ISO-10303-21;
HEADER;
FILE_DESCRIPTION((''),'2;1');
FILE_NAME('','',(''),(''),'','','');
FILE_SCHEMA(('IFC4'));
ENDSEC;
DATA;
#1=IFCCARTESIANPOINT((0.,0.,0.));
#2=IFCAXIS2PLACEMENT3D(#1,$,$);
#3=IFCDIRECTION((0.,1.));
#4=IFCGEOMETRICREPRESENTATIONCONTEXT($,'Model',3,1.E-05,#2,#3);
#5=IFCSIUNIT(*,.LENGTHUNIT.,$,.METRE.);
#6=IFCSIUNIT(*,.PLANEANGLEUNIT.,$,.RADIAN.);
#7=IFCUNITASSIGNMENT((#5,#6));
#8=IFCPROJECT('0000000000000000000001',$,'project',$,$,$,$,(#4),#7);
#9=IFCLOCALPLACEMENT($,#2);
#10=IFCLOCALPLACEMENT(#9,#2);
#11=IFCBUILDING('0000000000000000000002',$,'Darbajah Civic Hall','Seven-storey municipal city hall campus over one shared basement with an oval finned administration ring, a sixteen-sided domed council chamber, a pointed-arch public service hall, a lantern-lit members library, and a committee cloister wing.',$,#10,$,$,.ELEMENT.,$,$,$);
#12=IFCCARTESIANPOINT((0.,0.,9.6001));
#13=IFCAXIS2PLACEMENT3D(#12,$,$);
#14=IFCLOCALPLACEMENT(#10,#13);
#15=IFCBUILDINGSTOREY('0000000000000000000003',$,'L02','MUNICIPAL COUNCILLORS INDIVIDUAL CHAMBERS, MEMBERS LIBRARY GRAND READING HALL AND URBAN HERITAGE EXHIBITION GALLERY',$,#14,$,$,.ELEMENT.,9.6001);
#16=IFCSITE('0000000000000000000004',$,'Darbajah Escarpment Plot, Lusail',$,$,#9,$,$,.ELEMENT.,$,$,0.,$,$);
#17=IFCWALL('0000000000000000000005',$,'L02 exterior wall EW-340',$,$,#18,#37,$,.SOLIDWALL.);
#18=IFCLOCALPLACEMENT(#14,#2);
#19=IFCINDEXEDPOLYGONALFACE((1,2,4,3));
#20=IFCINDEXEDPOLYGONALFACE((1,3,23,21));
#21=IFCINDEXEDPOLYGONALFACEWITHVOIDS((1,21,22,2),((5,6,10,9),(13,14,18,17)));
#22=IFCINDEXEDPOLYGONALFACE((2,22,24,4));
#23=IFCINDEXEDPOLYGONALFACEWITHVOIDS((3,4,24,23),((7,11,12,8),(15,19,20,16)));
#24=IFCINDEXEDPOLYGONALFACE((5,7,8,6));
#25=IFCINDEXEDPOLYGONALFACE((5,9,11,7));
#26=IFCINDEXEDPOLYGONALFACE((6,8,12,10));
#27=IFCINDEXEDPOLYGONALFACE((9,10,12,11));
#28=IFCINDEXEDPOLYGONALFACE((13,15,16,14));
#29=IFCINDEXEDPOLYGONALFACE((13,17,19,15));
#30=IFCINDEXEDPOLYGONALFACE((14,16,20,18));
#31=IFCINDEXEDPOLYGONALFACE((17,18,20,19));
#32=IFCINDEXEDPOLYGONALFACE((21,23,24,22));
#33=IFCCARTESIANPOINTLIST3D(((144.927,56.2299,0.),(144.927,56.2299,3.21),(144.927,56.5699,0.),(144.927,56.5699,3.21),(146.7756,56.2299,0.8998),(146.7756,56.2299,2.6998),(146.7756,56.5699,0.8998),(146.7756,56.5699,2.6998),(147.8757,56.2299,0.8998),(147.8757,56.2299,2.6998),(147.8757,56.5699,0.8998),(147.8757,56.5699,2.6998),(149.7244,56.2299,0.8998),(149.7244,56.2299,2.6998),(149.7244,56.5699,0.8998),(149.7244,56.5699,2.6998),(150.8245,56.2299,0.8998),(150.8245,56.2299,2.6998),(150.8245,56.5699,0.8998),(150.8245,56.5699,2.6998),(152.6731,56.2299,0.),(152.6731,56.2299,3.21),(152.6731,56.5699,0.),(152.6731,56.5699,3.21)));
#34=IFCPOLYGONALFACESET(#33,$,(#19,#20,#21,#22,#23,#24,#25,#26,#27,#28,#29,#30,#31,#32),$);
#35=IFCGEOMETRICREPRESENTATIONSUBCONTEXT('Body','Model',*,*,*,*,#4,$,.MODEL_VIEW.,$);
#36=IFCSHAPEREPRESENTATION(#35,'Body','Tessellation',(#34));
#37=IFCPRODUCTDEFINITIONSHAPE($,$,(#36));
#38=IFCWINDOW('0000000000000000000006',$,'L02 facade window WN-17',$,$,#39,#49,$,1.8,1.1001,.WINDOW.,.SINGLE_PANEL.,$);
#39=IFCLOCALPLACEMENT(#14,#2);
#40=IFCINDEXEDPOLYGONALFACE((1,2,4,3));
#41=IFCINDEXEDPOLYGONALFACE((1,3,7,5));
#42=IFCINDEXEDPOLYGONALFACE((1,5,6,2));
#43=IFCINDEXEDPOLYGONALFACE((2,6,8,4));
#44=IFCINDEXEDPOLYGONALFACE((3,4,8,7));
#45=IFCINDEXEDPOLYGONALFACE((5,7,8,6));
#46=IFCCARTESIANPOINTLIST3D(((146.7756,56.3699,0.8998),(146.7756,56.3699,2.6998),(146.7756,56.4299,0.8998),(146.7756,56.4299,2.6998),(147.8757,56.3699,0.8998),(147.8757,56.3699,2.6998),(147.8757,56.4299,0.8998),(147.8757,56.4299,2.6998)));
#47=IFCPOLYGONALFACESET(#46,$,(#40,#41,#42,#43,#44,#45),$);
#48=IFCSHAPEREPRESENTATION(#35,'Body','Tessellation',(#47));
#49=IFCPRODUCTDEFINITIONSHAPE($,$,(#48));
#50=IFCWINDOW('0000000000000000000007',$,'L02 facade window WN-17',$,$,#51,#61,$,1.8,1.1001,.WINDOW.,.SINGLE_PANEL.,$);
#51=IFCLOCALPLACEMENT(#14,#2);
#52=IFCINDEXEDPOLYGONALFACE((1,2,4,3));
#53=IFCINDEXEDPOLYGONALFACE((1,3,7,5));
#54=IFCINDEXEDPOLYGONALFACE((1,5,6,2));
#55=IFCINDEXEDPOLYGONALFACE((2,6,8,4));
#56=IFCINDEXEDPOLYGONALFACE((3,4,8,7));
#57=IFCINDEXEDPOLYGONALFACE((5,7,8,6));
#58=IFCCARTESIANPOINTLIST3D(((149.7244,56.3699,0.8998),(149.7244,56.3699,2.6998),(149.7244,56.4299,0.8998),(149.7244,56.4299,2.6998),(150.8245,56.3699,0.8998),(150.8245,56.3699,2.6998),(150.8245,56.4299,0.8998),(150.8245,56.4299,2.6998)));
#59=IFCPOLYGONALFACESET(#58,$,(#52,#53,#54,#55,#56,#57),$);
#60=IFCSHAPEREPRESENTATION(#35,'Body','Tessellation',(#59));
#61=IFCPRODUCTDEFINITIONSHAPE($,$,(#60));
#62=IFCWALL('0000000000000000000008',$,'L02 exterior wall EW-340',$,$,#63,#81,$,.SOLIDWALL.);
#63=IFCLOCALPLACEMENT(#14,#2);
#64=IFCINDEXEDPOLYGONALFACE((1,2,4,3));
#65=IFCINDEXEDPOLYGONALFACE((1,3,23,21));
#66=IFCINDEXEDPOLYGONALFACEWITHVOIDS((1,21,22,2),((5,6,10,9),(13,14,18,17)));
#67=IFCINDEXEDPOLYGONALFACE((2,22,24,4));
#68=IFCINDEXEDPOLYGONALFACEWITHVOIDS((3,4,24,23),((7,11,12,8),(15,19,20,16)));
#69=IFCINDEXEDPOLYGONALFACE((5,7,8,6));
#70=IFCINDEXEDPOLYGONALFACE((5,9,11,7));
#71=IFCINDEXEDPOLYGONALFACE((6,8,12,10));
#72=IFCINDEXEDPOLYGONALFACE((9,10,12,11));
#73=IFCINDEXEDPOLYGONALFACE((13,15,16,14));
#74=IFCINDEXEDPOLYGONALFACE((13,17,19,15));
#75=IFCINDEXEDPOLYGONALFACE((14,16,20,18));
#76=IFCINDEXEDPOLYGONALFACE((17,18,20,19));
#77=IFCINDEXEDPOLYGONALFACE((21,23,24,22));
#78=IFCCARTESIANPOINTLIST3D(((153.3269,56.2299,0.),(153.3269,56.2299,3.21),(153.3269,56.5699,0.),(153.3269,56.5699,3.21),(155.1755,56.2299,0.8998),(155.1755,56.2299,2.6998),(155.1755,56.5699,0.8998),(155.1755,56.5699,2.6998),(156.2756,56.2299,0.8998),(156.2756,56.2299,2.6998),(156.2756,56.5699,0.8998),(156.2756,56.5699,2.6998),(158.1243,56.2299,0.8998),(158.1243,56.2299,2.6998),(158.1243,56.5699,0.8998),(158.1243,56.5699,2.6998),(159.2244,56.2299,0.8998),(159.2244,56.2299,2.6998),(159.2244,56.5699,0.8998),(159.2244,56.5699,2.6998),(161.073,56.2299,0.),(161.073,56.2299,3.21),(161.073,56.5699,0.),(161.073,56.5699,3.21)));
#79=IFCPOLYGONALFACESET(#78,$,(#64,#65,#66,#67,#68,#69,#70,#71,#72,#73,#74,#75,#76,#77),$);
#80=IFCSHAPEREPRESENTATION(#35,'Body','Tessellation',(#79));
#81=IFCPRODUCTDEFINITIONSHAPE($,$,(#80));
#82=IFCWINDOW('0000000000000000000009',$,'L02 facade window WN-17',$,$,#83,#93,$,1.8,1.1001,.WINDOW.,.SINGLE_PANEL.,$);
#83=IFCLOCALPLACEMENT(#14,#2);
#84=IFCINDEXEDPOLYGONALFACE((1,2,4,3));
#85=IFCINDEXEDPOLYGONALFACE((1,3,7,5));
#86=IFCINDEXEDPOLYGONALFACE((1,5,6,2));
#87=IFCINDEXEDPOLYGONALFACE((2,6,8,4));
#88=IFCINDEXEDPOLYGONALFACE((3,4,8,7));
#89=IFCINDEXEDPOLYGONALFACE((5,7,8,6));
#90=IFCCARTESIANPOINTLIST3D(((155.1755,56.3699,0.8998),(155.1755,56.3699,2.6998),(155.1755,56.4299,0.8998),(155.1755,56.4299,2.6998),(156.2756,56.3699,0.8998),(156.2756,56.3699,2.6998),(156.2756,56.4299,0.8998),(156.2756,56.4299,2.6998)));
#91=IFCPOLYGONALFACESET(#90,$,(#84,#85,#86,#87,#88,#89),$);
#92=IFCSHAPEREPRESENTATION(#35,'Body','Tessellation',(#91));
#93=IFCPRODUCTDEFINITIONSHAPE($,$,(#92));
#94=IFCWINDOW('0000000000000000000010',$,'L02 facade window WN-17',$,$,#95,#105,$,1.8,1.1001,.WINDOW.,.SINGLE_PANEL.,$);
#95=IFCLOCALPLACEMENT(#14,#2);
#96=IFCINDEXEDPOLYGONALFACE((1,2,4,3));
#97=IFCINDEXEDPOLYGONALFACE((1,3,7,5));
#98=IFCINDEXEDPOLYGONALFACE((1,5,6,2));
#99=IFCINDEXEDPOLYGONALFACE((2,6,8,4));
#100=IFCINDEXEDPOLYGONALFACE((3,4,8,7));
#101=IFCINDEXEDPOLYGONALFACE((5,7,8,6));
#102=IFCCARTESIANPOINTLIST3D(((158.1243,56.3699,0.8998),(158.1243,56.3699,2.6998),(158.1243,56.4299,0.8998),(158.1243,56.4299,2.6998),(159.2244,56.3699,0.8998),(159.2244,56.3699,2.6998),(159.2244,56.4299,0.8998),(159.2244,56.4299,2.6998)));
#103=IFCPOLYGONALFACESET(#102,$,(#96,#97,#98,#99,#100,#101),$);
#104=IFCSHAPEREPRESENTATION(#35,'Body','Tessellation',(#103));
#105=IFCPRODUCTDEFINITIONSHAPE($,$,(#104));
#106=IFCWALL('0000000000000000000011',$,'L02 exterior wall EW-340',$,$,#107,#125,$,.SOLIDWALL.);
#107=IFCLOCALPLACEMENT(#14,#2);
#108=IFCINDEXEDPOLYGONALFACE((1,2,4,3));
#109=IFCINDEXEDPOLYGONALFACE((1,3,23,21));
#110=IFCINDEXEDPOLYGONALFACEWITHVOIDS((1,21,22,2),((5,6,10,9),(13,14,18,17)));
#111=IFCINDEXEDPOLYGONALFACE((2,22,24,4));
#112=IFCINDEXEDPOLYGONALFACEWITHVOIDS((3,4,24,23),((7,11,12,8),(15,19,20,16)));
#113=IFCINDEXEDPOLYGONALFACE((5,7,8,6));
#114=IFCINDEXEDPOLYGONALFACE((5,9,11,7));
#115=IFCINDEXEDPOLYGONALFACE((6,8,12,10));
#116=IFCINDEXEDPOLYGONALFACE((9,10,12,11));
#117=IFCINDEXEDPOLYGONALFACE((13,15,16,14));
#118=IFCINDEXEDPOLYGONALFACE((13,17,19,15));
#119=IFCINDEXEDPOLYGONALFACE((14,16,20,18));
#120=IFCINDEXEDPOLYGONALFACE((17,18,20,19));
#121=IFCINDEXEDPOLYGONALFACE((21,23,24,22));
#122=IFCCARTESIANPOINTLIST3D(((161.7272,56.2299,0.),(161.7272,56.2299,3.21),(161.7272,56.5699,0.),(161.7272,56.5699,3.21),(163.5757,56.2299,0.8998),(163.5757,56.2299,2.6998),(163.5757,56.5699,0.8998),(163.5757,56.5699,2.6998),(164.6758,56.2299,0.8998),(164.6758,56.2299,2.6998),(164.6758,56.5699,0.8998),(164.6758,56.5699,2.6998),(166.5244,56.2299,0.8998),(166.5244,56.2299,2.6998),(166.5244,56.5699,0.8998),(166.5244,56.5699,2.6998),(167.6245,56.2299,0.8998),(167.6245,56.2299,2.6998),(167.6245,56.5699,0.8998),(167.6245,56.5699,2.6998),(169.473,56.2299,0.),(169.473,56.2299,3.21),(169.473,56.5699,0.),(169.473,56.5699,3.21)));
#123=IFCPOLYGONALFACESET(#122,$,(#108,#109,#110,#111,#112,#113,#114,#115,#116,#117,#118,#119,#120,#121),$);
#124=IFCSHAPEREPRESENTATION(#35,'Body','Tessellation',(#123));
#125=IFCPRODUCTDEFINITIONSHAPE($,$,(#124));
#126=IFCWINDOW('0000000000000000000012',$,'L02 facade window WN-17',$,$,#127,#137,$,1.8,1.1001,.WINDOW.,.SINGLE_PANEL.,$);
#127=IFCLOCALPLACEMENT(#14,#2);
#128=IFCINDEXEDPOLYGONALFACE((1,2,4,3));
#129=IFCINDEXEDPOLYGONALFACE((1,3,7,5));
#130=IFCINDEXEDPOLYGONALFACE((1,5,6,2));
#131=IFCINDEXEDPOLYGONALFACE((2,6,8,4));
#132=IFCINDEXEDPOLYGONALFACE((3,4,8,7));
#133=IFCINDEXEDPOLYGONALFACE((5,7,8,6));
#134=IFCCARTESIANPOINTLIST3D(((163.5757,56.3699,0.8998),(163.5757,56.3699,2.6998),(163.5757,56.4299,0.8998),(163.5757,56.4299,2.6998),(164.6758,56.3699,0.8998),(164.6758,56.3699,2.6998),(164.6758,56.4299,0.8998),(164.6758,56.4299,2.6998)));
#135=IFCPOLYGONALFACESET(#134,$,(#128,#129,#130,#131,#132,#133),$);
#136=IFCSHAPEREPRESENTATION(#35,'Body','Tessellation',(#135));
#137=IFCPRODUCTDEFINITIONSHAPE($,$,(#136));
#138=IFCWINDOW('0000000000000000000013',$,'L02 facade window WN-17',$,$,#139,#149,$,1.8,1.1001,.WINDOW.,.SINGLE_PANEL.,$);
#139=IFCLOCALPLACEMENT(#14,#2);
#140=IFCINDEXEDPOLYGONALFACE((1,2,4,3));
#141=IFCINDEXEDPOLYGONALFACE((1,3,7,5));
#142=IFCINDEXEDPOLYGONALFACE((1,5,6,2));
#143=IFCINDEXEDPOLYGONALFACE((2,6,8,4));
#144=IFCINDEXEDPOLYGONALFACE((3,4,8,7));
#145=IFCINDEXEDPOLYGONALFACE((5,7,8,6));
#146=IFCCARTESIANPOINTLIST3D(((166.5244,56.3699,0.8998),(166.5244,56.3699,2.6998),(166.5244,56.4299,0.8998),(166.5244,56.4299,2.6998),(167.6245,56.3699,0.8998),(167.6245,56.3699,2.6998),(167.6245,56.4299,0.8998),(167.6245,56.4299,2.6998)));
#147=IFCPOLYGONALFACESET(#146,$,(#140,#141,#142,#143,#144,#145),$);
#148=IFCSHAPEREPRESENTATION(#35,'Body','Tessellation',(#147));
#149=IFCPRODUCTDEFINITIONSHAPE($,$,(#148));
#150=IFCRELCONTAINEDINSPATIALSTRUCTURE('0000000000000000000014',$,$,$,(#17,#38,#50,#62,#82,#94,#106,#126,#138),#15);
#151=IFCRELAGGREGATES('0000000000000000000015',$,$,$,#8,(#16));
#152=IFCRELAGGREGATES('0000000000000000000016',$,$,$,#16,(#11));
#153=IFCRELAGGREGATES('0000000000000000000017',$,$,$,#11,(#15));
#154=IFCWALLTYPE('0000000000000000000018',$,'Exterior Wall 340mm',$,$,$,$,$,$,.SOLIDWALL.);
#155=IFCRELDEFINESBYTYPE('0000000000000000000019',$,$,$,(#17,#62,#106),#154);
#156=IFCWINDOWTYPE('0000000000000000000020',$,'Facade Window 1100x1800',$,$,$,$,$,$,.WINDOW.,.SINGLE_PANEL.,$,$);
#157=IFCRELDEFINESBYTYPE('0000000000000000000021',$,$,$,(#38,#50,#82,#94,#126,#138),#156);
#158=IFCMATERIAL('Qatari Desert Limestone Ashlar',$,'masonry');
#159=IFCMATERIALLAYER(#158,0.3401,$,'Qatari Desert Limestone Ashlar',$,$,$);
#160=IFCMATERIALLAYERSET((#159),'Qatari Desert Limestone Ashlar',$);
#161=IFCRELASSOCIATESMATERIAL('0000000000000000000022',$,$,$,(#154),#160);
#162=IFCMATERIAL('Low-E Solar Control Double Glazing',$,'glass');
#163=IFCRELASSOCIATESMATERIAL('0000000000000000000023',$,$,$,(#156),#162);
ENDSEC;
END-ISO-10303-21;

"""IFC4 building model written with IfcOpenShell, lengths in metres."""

from ifc_helpers import new_model, si_unit, direction, frame, frame_2d, origin, place, context, subcontext, project, spatial, rectangle, extrude, material, layer, layer_set, type_object, element, fill, save


model = new_model("IFC4")

# Units and contexts
model_context = context("Model", 3, precision=1e-05, world=origin(), true_north=direction((0.0, 1.0)))
body_context = subcontext(model_context, "Body", "Model", "MODEL_VIEW")
ifc_project = project(units=[si_unit("LENGTHUNIT", "METRE"), si_unit("PLANEANGLEUNIT", "RADIAN")], contexts=[model_context])

# Site, building, storey
site_placement = place(None, origin())
site = spatial("IfcSite", under=ifc_project, at=site_placement, Name="Darbajah Escarpment Plot, Lusail", CompositionType="ELEMENT", RefElevation=0.0)
building_placement = place(site_placement, origin())
building = spatial("IfcBuilding", under=site, at=building_placement, Name="Darbajah Civic Hall", Description="Seven-storey municipal city hall campus over one shared basement with an oval finned administration ring, a sixteen-sided domed council chamber, a pointed-arch public service hall, a lantern-lit members library, and a committee cloister wing.", CompositionType="ELEMENT")
storey_placement = place(building_placement, frame((0.0, 0.0, 9.6001)))
storey = spatial("IfcBuildingStorey", under=building, at=storey_placement, Name="L02", Description="MUNICIPAL COUNCILLORS INDIVIDUAL CHAMBERS, MEMBERS LIBRARY GRAND READING HALL AND URBAN HERITAGE EXHIBITION GALLERY", CompositionType="ELEMENT", Elevation=9.6001)

# Walls, openings, windows
ifc_material_1 = material(Name="Qatari Desert Limestone Ashlar", Category="masonry")
ifc_layer_1 = layer(ifc_material_1, 0.3401, Name="Qatari Desert Limestone Ashlar")
ifc_layer_set_1 = layer_set([ifc_layer_1], Name="Qatari Desert Limestone Ashlar")
wall_type_1 = type_object("IfcWallType", Name="Exterior Wall 340mm", PredefinedType="SOLIDWALL", material=ifc_layer_set_1)
wall_1_placement = place(storey_placement, frame((144.927, 56.3999, 0.0), z_axis=(0.0, 0.0, 1.0), x_axis=(1.0, 0.0, 0.0)))
wall_1 = element("IfcWall", 1, at=wall_1_placement, inside=storey, type_object=wall_type_1, Name="L02 exterior wall EW-340", PredefinedType="SOLIDWALL", context=body_context, shape_type="SweptSolid", body=[
    extrude(rectangle(XDim=7.7461, YDim=0.3401, at=frame_2d((3.873, 0.0))), origin(), (0.0, 0.0, 1.0), 3.21),
])
opening_1_placement = place(wall_1_placement, frame((1.8486, 0.0, 0.8999)))
opening_1 = element("IfcOpeningElement", 2, at=opening_1_placement, cuts=wall_1, PredefinedType="OPENING", context=body_context, shape_type="SweptSolid", body=[
    extrude(rectangle(XDim=1.1001, YDim=1.8, at=frame_2d((0.55, 0.8999))), frame((0.0, 0.1799, 0.0), z_axis=(0.0, -1.0, 0.0), x_axis=(1.0, 0.0, 0.0)), (0.0, 0.0, 1.0), 0.3601),
])
opening_2_placement = place(wall_1_placement, frame((4.7974, 0.0, 0.8999)))
opening_2 = element("IfcOpeningElement", 3, at=opening_2_placement, cuts=wall_1, PredefinedType="OPENING", context=body_context, shape_type="SweptSolid", body=[
    extrude(rectangle(XDim=1.1001, YDim=1.8, at=frame_2d((0.55, 0.8999))), frame((0.0, 0.1799, 0.0), z_axis=(0.0, -1.0, 0.0), x_axis=(1.0, 0.0, 0.0)), (0.0, 0.0, 1.0), 0.3601),
])
ifc_material_2 = material(Name="Low-E Solar Control Double Glazing", Category="glass")
window_type = type_object("IfcWindowType", Name="Facade Window 1100x1800", PartitioningType="SINGLE_PANEL", PredefinedType="WINDOW", material=ifc_material_2)
window_1_placement = place(opening_1_placement, origin())
window_1 = element("IfcWindow", 4, at=window_1_placement, inside=storey, type_object=window_type, Name="L02 facade window WN-17", OverallHeight=1.8, OverallWidth=1.1001, PartitioningType="SINGLE_PANEL", PredefinedType="WINDOW", context=body_context, shape_type="SweptSolid", body=[
    extrude(rectangle(XDim=1.1001, YDim=1.8, at=frame_2d((0.55, 0.8999))), frame((0.0, 0.03, 0.0), z_axis=(0.0, -1.0, 0.0), x_axis=(1.0, 0.0, 0.0)), (0.0, 0.0, 1.0), 0.0601),
])
fill(opening_1, window_1)
window_2_placement = place(opening_2_placement, origin())
window_2 = element("IfcWindow", 5, at=window_2_placement, inside=storey, type_object=window_type, Name="L02 facade window WN-17", OverallHeight=1.8, OverallWidth=1.1001, PartitioningType="SINGLE_PANEL", PredefinedType="WINDOW", context=body_context, shape_type="SweptSolid", body=[
    extrude(rectangle(XDim=1.1001, YDim=1.8, at=frame_2d((0.55, 0.8999))), frame((0.0, 0.03, 0.0), z_axis=(0.0, -1.0, 0.0), x_axis=(1.0, 0.0, 0.0)), (0.0, 0.0, 1.0), 0.0601),
])
fill(opening_2, window_2)
wall_2_placement = place(storey_placement, frame((153.3269, 56.3999, 0.0), z_axis=(0.0, 0.0, 1.0), x_axis=(1.0, 0.0, 0.0)))
wall_2 = element("IfcWall", 6, at=wall_2_placement, inside=storey, type_object=wall_type_1, Name="L02 exterior wall EW-340", PredefinedType="SOLIDWALL", context=body_context, shape_type="SweptSolid", body=[
    extrude(rectangle(XDim=7.7461, YDim=0.3401, at=frame_2d((3.873, 0.0))), origin(), (0.0, 0.0, 1.0), 3.21),
])
opening_3_placement = place(wall_2_placement, frame((1.8486, 0.0, 0.8999)))
opening_3 = element("IfcOpeningElement", 7, at=opening_3_placement, cuts=wall_2, PredefinedType="OPENING", context=body_context, shape_type="SweptSolid", body=[
    extrude(rectangle(XDim=1.1001, YDim=1.8, at=frame_2d((0.55, 0.8999))), frame((0.0, 0.1799, 0.0), z_axis=(0.0, -1.0, 0.0), x_axis=(1.0, 0.0, 0.0)), (0.0, 0.0, 1.0), 0.3601),
])
opening_4_placement = place(wall_2_placement, frame((4.7974, 0.0, 0.8999)))
opening_4 = element("IfcOpeningElement", 8, at=opening_4_placement, cuts=wall_2, PredefinedType="OPENING", context=body_context, shape_type="SweptSolid", body=[
    extrude(rectangle(XDim=1.1001, YDim=1.8, at=frame_2d((0.55, 0.8999))), frame((0.0, 0.1799, 0.0), z_axis=(0.0, -1.0, 0.0), x_axis=(1.0, 0.0, 0.0)), (0.0, 0.0, 1.0), 0.3601),
])
window_3_placement = place(opening_3_placement, origin())
window_3 = element("IfcWindow", 9, at=window_3_placement, inside=storey, type_object=window_type, Name="L02 facade window WN-17", OverallHeight=1.8, OverallWidth=1.1001, PartitioningType="SINGLE_PANEL", PredefinedType="WINDOW", context=body_context, shape_type="SweptSolid", body=[
    extrude(rectangle(XDim=1.1001, YDim=1.8, at=frame_2d((0.55, 0.8999))), frame((0.0, 0.03, 0.0), z_axis=(0.0, -1.0, 0.0), x_axis=(1.0, 0.0, 0.0)), (0.0, 0.0, 1.0), 0.0601),
])
fill(opening_3, window_3)
window_4_placement = place(opening_4_placement, origin())
window_4 = element("IfcWindow", 10, at=window_4_placement, inside=storey, type_object=window_type, Name="L02 facade window WN-17", OverallHeight=1.8, OverallWidth=1.1001, PartitioningType="SINGLE_PANEL", PredefinedType="WINDOW", context=body_context, shape_type="SweptSolid", body=[
    extrude(rectangle(XDim=1.1001, YDim=1.8, at=frame_2d((0.55, 0.8999))), frame((0.0, 0.03, 0.0), z_axis=(0.0, -1.0, 0.0), x_axis=(1.0, 0.0, 0.0)), (0.0, 0.0, 1.0), 0.0601),
])
fill(opening_4, window_4)
wall_3_placement = place(storey_placement, frame((161.7271, 56.3999, 0.0), z_axis=(0.0, 0.0, 1.0), x_axis=(1.0, 0.0, 0.0)))
wall_3 = element("IfcWall", 11, at=wall_3_placement, inside=storey, type_object=wall_type_1, Name="L02 exterior wall EW-340", PredefinedType="SOLIDWALL", context=body_context, shape_type="SweptSolid", body=[
    extrude(rectangle(XDim=7.7458, YDim=0.3401, at=frame_2d((3.873, 0.0))), origin(), (0.0, 0.0, 1.0), 3.21),
])
opening_5_placement = place(wall_3_placement, frame((1.8486, 0.0, 0.8999)))
opening_5 = element("IfcOpeningElement", 12, at=opening_5_placement, cuts=wall_3, PredefinedType="OPENING", context=body_context, shape_type="SweptSolid", body=[
    extrude(rectangle(XDim=1.1001, YDim=1.8, at=frame_2d((0.55, 0.8999))), frame((0.0, 0.1799, 0.0), z_axis=(0.0, -1.0, 0.0), x_axis=(1.0, 0.0, 0.0)), (0.0, 0.0, 1.0), 0.3601),
])
opening_6_placement = place(wall_3_placement, frame((4.7974, 0.0, 0.8999)))
opening_6 = element("IfcOpeningElement", 13, at=opening_6_placement, cuts=wall_3, PredefinedType="OPENING", context=body_context, shape_type="SweptSolid", body=[
    extrude(rectangle(XDim=1.1001, YDim=1.8, at=frame_2d((0.55, 0.8999))), frame((0.0, 0.1799, 0.0), z_axis=(0.0, -1.0, 0.0), x_axis=(1.0, 0.0, 0.0)), (0.0, 0.0, 1.0), 0.3601),
])
window_5_placement = place(opening_5_placement, origin())
window_5 = element("IfcWindow", 14, at=window_5_placement, inside=storey, type_object=window_type, Name="L02 facade window WN-17", OverallHeight=1.8, OverallWidth=1.1001, PartitioningType="SINGLE_PANEL", PredefinedType="WINDOW", context=body_context, shape_type="SweptSolid", body=[
    extrude(rectangle(XDim=1.1001, YDim=1.8, at=frame_2d((0.55, 0.8999))), frame((0.0, 0.03, 0.0), z_axis=(0.0, -1.0, 0.0), x_axis=(1.0, 0.0, 0.0)), (0.0, 0.0, 1.0), 0.0601),
])
fill(opening_5, window_5)
window_6_placement = place(opening_6_placement, origin())
window_6 = element("IfcWindow", 15, at=window_6_placement, inside=storey, type_object=window_type, Name="L02 facade window WN-17", OverallHeight=1.8, OverallWidth=1.1001, PartitioningType="SINGLE_PANEL", PredefinedType="WINDOW", context=body_context, shape_type="SweptSolid", body=[
    extrude(rectangle(XDim=1.1001, YDim=1.8, at=frame_2d((0.55, 0.8999))), frame((0.0, 0.03, 0.0), z_axis=(0.0, -1.0, 0.0), x_axis=(1.0, 0.0, 0.0)), (0.0, 0.0, 1.0), 0.0601),
])
fill(opening_6, window_6)

save(model, "model.ifc")
